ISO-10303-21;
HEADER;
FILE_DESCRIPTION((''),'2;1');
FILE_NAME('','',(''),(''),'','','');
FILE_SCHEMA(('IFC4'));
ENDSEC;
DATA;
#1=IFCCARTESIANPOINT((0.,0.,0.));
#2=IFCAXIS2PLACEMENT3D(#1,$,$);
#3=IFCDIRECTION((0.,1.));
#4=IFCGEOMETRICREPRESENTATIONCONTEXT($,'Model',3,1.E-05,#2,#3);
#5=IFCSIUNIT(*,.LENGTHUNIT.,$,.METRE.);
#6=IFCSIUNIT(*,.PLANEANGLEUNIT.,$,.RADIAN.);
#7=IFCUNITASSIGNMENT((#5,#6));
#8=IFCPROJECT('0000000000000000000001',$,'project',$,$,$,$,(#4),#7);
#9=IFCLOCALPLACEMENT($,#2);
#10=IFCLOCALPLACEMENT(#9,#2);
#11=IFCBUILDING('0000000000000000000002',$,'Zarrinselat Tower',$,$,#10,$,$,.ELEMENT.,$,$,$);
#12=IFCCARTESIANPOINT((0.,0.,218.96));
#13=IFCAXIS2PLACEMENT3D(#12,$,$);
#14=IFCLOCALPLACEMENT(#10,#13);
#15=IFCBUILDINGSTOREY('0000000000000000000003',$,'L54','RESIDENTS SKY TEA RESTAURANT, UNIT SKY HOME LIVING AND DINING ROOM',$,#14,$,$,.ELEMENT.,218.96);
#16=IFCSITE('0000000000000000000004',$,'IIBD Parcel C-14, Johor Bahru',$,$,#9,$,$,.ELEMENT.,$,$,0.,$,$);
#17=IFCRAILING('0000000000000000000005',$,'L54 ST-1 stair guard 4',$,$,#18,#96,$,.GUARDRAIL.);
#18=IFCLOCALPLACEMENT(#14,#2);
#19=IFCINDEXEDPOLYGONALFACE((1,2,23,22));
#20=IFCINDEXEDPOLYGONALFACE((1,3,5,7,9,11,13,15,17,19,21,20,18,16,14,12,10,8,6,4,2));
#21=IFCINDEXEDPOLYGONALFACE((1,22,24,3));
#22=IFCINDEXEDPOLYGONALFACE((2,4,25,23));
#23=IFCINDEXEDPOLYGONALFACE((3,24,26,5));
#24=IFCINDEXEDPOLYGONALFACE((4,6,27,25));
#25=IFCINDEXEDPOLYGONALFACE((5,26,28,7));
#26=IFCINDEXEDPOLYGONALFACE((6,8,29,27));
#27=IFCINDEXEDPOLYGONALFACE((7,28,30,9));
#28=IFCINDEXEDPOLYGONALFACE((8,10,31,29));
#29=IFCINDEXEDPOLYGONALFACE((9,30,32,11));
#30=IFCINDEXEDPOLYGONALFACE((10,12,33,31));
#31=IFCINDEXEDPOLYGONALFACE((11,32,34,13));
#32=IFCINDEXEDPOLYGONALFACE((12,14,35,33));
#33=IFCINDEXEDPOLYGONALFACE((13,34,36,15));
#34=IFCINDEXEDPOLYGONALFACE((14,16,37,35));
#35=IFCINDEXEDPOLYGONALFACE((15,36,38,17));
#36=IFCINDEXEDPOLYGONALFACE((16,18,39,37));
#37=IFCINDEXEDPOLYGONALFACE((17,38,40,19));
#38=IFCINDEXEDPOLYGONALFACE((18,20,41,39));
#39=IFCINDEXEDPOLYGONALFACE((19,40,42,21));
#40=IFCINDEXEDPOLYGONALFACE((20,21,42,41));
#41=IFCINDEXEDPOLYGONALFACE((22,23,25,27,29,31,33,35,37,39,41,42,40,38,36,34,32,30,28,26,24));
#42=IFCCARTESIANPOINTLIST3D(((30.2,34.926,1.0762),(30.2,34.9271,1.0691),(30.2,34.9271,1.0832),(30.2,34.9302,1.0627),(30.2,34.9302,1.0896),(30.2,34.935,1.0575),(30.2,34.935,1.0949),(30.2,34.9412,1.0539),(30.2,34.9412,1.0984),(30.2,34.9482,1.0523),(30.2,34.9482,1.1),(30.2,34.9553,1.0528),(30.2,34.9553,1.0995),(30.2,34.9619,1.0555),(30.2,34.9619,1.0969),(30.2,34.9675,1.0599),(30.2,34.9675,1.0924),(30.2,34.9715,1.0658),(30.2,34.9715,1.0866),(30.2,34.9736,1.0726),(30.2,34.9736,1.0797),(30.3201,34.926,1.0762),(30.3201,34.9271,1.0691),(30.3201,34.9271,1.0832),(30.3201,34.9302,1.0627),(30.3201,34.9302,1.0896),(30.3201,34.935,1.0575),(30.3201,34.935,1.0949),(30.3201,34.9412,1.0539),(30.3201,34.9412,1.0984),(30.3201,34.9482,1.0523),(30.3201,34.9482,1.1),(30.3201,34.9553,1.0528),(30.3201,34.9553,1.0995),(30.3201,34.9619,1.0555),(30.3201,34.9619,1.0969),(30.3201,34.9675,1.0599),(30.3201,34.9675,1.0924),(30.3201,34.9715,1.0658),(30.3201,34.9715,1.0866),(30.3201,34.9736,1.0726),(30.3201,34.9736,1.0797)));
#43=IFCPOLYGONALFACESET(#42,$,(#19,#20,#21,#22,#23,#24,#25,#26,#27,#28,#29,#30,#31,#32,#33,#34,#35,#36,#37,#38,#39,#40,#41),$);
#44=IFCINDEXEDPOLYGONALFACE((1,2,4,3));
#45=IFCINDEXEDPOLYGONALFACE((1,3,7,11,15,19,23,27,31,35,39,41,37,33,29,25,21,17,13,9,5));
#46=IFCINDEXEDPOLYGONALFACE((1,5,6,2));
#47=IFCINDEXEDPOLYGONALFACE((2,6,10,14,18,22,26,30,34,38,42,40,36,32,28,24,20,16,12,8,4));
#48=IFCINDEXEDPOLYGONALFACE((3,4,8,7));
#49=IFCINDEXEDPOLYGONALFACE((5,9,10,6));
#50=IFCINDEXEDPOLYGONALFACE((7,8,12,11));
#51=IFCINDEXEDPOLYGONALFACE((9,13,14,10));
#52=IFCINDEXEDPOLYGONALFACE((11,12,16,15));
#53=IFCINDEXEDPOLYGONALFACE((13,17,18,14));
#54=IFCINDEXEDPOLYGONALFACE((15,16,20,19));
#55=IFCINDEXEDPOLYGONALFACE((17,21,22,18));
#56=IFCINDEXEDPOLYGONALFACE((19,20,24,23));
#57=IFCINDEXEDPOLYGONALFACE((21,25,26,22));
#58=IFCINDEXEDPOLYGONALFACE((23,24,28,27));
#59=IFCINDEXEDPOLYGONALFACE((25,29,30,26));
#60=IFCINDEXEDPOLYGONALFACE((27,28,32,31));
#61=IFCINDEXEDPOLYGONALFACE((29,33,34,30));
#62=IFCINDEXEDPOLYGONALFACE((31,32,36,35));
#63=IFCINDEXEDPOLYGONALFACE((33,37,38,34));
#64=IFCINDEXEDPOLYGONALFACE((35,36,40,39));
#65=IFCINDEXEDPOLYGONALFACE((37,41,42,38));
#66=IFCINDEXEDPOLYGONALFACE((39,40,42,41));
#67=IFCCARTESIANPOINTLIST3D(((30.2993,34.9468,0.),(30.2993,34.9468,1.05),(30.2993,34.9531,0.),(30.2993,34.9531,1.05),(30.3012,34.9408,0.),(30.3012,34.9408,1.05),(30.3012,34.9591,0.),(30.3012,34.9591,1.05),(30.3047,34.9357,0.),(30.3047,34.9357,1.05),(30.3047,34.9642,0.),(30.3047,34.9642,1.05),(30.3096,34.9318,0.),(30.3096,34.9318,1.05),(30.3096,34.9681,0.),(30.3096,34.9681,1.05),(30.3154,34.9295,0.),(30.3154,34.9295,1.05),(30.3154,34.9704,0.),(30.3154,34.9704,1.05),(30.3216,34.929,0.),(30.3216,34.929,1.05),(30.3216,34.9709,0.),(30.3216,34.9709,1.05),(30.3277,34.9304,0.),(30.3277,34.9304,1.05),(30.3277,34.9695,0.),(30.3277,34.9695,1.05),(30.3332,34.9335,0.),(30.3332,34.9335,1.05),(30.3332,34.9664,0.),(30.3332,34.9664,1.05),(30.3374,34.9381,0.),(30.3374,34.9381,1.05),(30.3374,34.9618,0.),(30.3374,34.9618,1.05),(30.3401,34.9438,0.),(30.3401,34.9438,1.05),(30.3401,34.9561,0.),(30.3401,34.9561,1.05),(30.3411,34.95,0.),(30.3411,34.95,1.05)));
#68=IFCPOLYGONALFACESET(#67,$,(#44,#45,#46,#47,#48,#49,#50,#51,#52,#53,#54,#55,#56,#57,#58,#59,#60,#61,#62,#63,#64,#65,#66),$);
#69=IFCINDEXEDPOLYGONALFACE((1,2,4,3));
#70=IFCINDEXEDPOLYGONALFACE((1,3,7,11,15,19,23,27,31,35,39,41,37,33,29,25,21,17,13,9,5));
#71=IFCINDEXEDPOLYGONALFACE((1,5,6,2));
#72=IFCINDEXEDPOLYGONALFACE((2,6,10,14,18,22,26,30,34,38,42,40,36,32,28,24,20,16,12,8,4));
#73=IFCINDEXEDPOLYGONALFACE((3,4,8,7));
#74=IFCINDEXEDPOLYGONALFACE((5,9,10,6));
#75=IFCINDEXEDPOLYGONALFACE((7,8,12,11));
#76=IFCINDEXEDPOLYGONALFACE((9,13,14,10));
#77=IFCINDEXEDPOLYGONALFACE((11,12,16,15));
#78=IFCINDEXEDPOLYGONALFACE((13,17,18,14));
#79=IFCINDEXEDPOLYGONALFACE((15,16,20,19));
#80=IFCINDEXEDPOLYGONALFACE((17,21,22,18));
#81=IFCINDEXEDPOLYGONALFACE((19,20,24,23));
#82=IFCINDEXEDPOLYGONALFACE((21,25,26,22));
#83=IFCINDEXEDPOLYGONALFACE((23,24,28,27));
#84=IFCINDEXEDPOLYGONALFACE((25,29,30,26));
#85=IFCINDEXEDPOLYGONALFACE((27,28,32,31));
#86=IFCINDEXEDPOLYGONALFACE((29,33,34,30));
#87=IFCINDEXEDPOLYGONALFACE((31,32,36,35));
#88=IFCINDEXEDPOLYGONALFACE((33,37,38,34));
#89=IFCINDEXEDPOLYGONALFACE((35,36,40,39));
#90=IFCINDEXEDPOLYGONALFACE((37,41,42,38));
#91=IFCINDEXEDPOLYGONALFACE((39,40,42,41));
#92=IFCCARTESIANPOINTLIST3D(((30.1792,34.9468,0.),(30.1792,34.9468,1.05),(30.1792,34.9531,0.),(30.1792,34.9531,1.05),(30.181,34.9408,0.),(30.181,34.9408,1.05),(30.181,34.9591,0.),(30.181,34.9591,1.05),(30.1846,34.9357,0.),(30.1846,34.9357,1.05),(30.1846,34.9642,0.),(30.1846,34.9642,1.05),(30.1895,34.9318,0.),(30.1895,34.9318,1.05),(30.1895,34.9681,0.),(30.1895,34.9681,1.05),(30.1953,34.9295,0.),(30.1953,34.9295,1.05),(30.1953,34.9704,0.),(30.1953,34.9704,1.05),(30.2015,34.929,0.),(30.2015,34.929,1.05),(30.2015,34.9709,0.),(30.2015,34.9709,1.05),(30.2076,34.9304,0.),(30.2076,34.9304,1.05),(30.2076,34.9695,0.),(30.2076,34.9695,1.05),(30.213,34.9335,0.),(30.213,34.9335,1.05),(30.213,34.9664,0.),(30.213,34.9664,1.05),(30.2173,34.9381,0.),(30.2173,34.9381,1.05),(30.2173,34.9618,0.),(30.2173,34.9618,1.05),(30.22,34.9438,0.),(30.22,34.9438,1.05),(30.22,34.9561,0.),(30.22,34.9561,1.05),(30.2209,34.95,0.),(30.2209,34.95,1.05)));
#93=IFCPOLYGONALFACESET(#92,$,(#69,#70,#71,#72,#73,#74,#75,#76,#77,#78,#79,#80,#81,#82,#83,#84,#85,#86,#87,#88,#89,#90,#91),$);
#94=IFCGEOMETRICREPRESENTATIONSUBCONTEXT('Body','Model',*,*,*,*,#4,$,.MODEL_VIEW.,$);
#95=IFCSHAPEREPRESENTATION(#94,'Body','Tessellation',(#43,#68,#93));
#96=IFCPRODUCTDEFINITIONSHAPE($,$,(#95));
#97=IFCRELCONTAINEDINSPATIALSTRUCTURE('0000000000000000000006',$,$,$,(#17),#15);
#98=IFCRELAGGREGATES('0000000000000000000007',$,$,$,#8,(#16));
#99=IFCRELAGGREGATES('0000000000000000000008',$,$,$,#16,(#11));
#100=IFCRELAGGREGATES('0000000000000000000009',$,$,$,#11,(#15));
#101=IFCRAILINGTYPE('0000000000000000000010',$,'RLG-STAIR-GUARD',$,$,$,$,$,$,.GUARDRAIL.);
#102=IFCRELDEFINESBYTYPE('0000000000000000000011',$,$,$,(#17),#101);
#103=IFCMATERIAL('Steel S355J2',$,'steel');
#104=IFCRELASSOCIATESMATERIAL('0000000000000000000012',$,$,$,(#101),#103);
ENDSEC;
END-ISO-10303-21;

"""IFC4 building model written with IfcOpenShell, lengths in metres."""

from ifc_helpers import new_model, si_unit, direction, frame, origin, origin_2d, place, context, subcontext, project, spatial, circle, extrude, material, type_object, element, save


model = new_model("IFC4")

# Units and contexts
model_context = context("Model", 3, precision=1e-05, world=origin(), true_north=direction((0.0, 1.0)))
body_context = subcontext(model_context, "Body", "Model", "MODEL_VIEW")
ifc_project = project(units=[si_unit("LENGTHUNIT", "METRE"), si_unit("PLANEANGLEUNIT", "RADIAN")], contexts=[model_context])

# Site, building, storey
site_placement = place(None, origin())
site = spatial("IfcSite", under=ifc_project, at=site_placement, Name="IIBD Parcel C-14, Johor Bahru", CompositionType="ELEMENT", RefElevation=0.0)
building_placement = place(site_placement, origin())
building = spatial("IfcBuilding", under=site, at=building_placement, Name="Zarrinselat Tower", CompositionType="ELEMENT")
storey_placement = place(building_placement, frame((0.0, 0.0, 218.96)))
storey = spatial("IfcBuildingStorey", under=building, at=storey_placement, Name="L54", Description="RESIDENTS SKY TEA RESTAURANT, UNIT SKY HOME LIVING AND DINING ROOM", CompositionType="ELEMENT", Elevation=218.96)

# Railing
ifc_material_1 = material(Name="Steel S355J2", Category="steel")
railing_type_1 = type_object("IfcRailingType", Name="RLG-STAIR-GUARD", PredefinedType="GUARDRAIL", material=ifc_material_1)
railing_1_placement = place(storey_placement, frame((30.3201, 34.95, 0.0)))
element("IfcRailing", 1, at=railing_1_placement, inside=storey, type_object=railing_type_1, Name="L54 ST-1 stair guard 4", PredefinedType="GUARDRAIL", context=body_context, shape_type="SweptSolid", body=[
    extrude(circle(Radius=0.0239, at=origin_2d()), frame((0.0, 0.0, 1.0762), z_axis=(-1.0, 0.0, 0.0), x_axis=(0.0, -1.0, 0.0)), (0.0, 0.0, 1.0), 0.1201),
    extrude(circle(Radius=0.021, at=origin_2d()), origin(), (0.0, 0.0, 1.0), 1.05),
    extrude(circle(Radius=0.021, at=origin_2d()), frame((-0.1201, 0.0, 0.0)), (0.0, 0.0, 1.0), 1.05),
])

save(model, "model.ifc")
